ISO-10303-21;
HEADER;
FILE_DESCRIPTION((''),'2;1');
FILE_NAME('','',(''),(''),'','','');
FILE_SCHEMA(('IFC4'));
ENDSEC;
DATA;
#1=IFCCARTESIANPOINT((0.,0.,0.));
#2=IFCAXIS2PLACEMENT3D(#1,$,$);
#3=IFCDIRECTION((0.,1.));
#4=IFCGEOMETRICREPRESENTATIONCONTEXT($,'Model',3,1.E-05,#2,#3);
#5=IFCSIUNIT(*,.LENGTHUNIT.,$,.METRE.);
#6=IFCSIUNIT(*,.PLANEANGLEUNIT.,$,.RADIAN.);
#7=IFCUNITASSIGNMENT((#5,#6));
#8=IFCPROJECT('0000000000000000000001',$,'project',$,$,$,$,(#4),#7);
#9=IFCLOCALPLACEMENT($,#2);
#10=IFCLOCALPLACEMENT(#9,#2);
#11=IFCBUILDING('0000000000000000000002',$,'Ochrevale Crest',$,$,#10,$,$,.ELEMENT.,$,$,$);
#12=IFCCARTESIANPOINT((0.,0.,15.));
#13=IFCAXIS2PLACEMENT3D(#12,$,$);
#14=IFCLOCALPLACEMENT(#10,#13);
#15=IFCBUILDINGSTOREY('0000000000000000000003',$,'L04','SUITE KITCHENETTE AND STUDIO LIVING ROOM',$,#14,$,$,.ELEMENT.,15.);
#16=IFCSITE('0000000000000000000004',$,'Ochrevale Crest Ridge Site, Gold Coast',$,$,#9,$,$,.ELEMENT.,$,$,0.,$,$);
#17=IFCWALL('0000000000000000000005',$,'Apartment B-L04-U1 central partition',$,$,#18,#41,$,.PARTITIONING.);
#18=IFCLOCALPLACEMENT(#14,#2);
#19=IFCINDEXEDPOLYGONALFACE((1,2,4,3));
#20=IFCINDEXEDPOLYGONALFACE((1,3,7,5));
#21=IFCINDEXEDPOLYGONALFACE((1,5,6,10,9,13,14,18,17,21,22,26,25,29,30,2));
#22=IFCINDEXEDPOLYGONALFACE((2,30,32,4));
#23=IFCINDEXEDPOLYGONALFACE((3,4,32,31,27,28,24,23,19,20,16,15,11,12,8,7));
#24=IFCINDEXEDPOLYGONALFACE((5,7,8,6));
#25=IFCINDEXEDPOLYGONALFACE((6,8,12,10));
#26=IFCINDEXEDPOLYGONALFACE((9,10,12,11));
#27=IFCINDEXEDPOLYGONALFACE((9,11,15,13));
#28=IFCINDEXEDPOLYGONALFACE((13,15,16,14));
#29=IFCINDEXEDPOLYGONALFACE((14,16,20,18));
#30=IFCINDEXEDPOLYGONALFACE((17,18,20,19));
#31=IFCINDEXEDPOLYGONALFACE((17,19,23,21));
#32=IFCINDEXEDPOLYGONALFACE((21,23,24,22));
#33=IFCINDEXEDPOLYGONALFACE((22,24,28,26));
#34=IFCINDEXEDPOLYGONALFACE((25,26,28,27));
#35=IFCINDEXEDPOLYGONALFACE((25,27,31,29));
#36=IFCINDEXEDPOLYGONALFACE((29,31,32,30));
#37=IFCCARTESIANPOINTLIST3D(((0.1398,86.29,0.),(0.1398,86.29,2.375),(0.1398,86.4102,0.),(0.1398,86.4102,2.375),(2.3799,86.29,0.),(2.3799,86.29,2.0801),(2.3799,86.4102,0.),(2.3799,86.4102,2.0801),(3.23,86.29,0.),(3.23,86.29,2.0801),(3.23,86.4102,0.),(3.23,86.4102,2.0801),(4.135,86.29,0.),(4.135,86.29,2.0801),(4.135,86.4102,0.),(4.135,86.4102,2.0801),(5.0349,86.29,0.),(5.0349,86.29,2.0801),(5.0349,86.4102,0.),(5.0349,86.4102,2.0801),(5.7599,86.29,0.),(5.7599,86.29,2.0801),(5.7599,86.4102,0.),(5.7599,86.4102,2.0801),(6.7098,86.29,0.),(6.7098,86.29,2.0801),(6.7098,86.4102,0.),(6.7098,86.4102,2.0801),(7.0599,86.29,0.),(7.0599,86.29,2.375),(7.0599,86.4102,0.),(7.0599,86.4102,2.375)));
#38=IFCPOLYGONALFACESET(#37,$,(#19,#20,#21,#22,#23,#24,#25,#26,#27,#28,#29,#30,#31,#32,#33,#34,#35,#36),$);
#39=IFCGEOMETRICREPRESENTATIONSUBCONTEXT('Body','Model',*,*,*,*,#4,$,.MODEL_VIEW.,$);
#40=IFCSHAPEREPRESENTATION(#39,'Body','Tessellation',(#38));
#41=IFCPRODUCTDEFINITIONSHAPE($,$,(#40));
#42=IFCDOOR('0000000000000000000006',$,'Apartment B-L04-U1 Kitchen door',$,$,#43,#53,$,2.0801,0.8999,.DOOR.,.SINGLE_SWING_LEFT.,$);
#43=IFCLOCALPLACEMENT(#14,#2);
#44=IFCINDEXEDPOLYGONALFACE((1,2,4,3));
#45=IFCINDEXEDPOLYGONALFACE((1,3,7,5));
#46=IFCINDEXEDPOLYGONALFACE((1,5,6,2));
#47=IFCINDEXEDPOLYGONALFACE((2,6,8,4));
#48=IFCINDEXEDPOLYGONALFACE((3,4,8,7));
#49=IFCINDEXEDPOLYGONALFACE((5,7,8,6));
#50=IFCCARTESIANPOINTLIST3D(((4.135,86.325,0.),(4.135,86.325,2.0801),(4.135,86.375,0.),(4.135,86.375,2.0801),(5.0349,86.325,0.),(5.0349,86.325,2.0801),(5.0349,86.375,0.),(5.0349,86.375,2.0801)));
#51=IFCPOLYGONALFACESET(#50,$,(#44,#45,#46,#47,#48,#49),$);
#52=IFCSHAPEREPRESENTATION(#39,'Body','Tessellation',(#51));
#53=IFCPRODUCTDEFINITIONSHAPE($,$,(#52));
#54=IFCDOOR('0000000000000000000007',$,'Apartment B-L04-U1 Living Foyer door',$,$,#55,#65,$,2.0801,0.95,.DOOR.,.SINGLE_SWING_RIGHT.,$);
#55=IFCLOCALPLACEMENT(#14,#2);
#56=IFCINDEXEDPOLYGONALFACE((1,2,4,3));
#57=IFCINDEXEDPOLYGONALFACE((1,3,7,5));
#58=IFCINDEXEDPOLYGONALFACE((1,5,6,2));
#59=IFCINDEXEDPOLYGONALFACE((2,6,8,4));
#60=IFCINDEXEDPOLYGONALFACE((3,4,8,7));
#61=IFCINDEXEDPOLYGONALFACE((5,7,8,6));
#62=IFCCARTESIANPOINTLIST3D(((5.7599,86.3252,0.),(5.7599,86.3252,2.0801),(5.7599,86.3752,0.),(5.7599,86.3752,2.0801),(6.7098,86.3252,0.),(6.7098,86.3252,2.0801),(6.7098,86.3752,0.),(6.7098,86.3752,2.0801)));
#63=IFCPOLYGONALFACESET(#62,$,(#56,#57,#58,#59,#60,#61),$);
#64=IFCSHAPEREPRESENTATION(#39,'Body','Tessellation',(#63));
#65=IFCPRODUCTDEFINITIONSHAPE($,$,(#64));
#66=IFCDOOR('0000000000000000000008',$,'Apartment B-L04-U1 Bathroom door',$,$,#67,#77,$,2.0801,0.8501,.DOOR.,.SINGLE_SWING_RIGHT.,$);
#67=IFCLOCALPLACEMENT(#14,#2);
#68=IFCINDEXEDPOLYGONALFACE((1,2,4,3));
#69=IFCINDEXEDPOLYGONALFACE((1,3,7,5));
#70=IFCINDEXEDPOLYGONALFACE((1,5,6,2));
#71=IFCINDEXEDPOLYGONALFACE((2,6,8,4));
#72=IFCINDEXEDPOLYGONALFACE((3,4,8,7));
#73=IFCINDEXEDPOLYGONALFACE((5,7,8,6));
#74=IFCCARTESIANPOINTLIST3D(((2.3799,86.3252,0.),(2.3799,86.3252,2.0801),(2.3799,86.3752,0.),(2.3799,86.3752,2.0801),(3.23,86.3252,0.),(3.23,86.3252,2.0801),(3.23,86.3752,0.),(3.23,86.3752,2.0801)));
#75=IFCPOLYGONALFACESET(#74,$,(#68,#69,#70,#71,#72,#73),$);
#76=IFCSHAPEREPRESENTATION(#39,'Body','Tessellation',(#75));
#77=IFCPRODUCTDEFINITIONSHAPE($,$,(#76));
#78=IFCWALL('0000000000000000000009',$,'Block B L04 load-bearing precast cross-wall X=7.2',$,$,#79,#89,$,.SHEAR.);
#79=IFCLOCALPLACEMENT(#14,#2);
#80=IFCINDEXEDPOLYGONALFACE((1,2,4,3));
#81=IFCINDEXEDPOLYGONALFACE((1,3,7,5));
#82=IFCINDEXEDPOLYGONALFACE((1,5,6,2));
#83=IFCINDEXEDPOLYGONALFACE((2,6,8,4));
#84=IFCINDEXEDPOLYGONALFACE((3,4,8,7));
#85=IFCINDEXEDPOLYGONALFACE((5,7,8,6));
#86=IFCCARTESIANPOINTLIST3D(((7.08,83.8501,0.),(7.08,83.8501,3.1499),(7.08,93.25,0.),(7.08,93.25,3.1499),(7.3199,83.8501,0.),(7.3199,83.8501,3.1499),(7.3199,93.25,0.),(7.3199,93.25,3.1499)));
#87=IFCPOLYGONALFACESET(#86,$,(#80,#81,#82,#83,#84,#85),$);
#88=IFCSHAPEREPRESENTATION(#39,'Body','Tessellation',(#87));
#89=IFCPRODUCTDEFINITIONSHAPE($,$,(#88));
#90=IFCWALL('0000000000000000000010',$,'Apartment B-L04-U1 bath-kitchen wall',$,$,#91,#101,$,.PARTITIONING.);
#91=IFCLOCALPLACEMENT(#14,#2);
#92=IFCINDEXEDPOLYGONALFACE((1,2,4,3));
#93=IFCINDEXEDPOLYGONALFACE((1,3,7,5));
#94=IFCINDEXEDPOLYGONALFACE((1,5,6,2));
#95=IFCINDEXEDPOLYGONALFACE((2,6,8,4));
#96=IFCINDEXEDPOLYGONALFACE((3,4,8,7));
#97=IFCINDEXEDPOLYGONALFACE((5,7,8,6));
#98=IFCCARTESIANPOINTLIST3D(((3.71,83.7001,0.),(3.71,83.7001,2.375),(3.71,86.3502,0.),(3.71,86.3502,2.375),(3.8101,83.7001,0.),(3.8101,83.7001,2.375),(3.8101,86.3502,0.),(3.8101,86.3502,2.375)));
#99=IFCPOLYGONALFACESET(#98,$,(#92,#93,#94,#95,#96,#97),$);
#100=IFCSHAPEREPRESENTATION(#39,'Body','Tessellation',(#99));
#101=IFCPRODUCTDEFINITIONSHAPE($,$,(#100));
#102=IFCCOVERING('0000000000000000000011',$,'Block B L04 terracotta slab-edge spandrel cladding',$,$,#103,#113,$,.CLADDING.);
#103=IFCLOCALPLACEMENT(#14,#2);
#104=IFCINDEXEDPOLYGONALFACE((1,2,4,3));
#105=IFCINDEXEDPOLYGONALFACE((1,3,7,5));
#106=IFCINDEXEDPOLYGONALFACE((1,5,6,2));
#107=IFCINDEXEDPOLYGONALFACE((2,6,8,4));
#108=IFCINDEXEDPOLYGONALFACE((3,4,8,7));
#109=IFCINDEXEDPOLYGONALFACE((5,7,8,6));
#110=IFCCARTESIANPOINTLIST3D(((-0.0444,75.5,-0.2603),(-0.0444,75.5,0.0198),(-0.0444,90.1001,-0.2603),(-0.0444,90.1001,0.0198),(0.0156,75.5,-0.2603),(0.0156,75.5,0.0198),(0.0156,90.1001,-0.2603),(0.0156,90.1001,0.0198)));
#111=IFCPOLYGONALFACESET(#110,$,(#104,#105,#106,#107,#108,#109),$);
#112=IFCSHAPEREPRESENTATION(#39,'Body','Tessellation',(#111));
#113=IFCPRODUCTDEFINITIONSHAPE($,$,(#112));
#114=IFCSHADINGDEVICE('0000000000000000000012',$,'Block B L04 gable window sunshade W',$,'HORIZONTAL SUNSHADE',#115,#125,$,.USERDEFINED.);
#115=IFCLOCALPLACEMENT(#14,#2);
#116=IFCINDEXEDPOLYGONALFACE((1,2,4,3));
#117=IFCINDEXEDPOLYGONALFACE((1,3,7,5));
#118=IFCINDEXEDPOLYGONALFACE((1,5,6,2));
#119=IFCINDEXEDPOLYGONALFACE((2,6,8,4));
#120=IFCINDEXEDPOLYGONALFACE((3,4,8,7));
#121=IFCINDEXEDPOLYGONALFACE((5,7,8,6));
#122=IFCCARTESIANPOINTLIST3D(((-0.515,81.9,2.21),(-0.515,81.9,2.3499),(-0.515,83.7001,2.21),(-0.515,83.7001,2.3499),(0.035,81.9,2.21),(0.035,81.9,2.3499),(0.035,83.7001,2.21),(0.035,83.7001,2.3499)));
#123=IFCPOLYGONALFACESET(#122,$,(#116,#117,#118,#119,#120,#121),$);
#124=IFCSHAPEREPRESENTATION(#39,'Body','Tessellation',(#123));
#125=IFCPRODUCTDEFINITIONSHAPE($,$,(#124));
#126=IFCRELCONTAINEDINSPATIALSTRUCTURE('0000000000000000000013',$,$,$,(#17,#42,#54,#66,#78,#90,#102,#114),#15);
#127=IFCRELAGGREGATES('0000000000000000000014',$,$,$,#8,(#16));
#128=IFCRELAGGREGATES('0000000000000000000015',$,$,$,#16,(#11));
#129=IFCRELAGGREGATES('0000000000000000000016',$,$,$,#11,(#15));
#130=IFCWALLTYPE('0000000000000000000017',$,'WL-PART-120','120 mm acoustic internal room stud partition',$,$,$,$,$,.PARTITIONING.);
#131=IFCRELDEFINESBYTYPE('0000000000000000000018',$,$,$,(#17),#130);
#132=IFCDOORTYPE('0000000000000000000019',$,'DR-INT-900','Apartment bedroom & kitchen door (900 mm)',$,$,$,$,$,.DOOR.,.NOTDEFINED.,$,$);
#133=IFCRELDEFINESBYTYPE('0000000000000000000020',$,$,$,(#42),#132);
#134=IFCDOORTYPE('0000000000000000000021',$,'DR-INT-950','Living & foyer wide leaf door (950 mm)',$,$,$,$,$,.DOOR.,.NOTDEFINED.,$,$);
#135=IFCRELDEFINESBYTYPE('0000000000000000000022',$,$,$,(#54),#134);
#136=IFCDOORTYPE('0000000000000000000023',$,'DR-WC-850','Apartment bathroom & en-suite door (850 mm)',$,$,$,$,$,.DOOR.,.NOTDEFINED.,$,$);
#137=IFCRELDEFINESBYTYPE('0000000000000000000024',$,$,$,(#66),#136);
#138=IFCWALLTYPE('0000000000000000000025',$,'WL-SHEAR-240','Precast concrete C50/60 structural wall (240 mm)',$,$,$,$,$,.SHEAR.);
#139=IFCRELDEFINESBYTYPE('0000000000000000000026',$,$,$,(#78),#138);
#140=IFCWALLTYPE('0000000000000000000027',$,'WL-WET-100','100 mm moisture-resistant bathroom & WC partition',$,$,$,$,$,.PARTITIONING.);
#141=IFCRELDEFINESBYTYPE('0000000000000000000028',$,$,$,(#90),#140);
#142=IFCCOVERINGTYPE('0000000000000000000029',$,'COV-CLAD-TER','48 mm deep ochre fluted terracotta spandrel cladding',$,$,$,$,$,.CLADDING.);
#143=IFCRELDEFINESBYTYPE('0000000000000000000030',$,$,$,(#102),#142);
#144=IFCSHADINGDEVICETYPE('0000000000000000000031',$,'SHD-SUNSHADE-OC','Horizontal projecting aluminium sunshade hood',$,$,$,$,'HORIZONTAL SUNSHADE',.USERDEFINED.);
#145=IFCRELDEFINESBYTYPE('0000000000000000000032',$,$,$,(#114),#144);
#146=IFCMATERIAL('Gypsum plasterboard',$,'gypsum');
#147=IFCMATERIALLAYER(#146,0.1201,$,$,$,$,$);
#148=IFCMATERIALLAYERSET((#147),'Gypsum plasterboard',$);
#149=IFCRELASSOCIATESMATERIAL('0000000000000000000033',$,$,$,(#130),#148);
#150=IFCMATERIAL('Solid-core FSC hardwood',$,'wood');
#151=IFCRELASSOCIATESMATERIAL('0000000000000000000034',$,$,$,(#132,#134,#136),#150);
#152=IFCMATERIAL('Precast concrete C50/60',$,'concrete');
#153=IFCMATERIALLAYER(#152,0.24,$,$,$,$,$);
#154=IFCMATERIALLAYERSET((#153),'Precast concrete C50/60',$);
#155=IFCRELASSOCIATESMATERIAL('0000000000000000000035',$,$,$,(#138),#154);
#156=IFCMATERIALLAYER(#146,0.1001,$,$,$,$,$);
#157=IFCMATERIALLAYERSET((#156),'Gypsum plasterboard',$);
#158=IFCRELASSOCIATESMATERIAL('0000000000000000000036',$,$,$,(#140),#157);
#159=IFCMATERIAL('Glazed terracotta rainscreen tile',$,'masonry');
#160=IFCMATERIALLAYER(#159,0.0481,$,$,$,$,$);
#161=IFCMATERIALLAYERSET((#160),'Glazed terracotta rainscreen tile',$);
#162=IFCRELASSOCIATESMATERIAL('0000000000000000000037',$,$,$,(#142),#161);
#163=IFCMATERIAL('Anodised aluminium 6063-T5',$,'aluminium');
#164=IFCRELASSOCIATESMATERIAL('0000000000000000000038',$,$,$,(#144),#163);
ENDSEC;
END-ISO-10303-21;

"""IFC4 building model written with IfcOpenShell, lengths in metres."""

from ifc_helpers import new_model, si_unit, direction, frame, frame_2d, origin, origin_2d, place, context, subcontext, project, spatial, rectangle, extrude, material, layer, layer_set, type_object, element, fill, save


model = new_model("IFC4")

# Units and contexts
model_context = context("Model", 3, precision=1e-05, world=origin(), true_north=direction((0.0, 1.0)))
body_context = subcontext(model_context, "Body", "Model", "MODEL_VIEW")
ifc_project = project(units=[si_unit("LENGTHUNIT", "METRE"), si_unit("PLANEANGLEUNIT", "RADIAN")], contexts=[model_context])

# Site, building, storey
site_placement = place(None, origin())
site = spatial("IfcSite", under=ifc_project, at=site_placement, Name="Ochrevale Crest Ridge Site, Gold Coast", CompositionType="ELEMENT", RefElevation=0.0)
building_placement = place(site_placement, origin())
building = spatial("IfcBuilding", under=site, at=building_placement, Name="Ochrevale Crest", CompositionType="ELEMENT")
storey_placement = place(building_placement, frame((0.0, 0.0, 15.0)))
storey = spatial("IfcBuildingStorey", under=building, at=storey_placement, Name="L04", Description="SUITE KITCHENETTE AND STUDIO LIVING ROOM", CompositionType="ELEMENT", Elevation=15.0)

# Shared definitions
ifc_material_1 = material(Name="Precast concrete C50/60", Category="concrete")

# Shared definitions
ifc_material_2 = material(Name="Anodised aluminium 6063-T5", Category="aluminium")

# Shared definitions
ifc_material_3 = material(Name="Gypsum plasterboard", Category="gypsum")
ifc_material_4 = material(Name="Solid-core FSC hardwood", Category="wood")

# Shared definitions
ifc_layer_1 = layer(ifc_material_3, 0.1201)
ifc_layer_set_1 = layer_set([ifc_layer_1], Name="Gypsum plasterboard")
wall_type_1 = type_object("IfcWallType", Name="WL-PART-120", Description="120 mm acoustic internal room stud partition", PredefinedType="PARTITIONING", material=ifc_layer_set_1)

# Wall, openings, doors
wall_1_placement = place(storey_placement, frame((0.1399, 86.3501, 0.0), z_axis=(0.0, 0.0, 1.0), x_axis=(1.0, 0.0, 0.0)))
wall_1 = element("IfcWall", 1, at=wall_1_placement, inside=storey, type_object=wall_type_1, Name="Apartment B-L04-U1 central partition", PredefinedType="PARTITIONING", context=body_context, shape_type="SweptSolid", body=[
    extrude(rectangle(XDim=6.9202, YDim=0.1201, at=frame_2d((3.46, 0.0))), origin(), (0.0, 0.0, 1.0), 2.375),
])
opening_1_placement = place(wall_1_placement, frame((3.0901, 0.0, 0.0), z_axis=(0.0, 0.0, 1.0), x_axis=(-1.0, 0.0, 0.0)))
opening_1 = element("IfcOpeningElement", 2, at=opening_1_placement, cuts=wall_1, PredefinedType="OPENING", context=body_context, shape_type="SweptSolid", body=[
    extrude(rectangle(XDim=0.8501, YDim=2.0801, at=frame_2d((0.425, 1.04))), frame((0.0, 0.0701, 0.0), z_axis=(0.0, -1.0, 0.0), x_axis=(1.0, 0.0, 0.0)), (0.0, 0.0, 1.0), 0.1401),
])
opening_2_placement = place(wall_1_placement, frame((3.9951, 0.0, 0.0)))
opening_2 = element("IfcOpeningElement", 3, at=opening_2_placement, cuts=wall_1, PredefinedType="OPENING", context=body_context, shape_type="SweptSolid", body=[
    extrude(rectangle(XDim=0.8999, YDim=2.0801, at=frame_2d((0.45, 1.04))), frame((0.0, 0.0701, 0.0), z_axis=(0.0, -1.0, 0.0), x_axis=(1.0, 0.0, 0.0)), (0.0, 0.0, 1.0), 0.1401),
])
opening_3_placement = place(wall_1_placement, frame((6.5701, 0.0, 0.0), z_axis=(0.0, 0.0, 1.0), x_axis=(-1.0, 0.0, 0.0)))
opening_3 = element("IfcOpeningElement", 4, at=opening_3_placement, cuts=wall_1, PredefinedType="OPENING", context=body_context, shape_type="SweptSolid", body=[
    extrude(rectangle(XDim=0.95, YDim=2.0801, at=frame_2d((0.4751, 1.04))), frame((0.0, 0.0701, 0.0), z_axis=(0.0, -1.0, 0.0), x_axis=(1.0, 0.0, 0.0)), (0.0, 0.0, 1.0), 0.1401),
])
door_type_1 = type_object("IfcDoorType", Name="DR-INT-900", Description="Apartment bedroom & kitchen door (900 mm)", OperationType="NOTDEFINED", PredefinedType="DOOR", material=ifc_material_4)
door_1_placement = place(opening_2_placement, origin())
door_1 = element("IfcDoor", 5, at=door_1_placement, inside=storey, type_object=door_type_1, Name="Apartment B-L04-U1 Kitchen door", OperationType="SINGLE_SWING_LEFT", OverallHeight=2.0801, OverallWidth=0.8999, PredefinedType="DOOR", context=body_context, shape_type="SweptSolid", body=[
    extrude(rectangle(XDim=0.8999, YDim=2.0801, at=frame_2d((0.45, 1.04))), frame((0.0, 0.0249, 0.0), z_axis=(0.0, -1.0, 0.0), x_axis=(1.0, 0.0, 0.0)), (0.0, 0.0, 1.0), 0.05),
])
fill(opening_2, door_1)
door_type_2 = type_object("IfcDoorType", Name="DR-INT-950", Description="Living & foyer wide leaf door (950 mm)", OperationType="NOTDEFINED", PredefinedType="DOOR", material=ifc_material_4)
door_2_placement = place(opening_3_placement, origin())
door_2 = element("IfcDoor", 6, at=door_2_placement, inside=storey, type_object=door_type_2, Name="Apartment B-L04-U1 Living Foyer door", OperationType="SINGLE_SWING_RIGHT", OverallHeight=2.0801, OverallWidth=0.95, PredefinedType="DOOR", context=body_context, shape_type="SweptSolid", body=[
    extrude(rectangle(XDim=0.95, YDim=2.0801, at=frame_2d((0.4751, 1.04))), frame((0.0, 0.0249, 0.0), z_axis=(0.0, -1.0, 0.0), x_axis=(1.0, 0.0, 0.0)), (0.0, 0.0, 1.0), 0.05),
])
fill(opening_3, door_2)
door_type_3 = type_object("IfcDoorType", Name="DR-WC-850", Description="Apartment bathroom & en-suite door (850 mm)", OperationType="NOTDEFINED", PredefinedType="DOOR", material=ifc_material_4)
door_3_placement = place(opening_1_placement, origin())
door_3 = element("IfcDoor", 7, at=door_3_placement, inside=storey, type_object=door_type_3, Name="Apartment B-L04-U1 Bathroom door", OperationType="SINGLE_SWING_RIGHT", OverallHeight=2.0801, OverallWidth=0.8501, PredefinedType="DOOR", context=body_context, shape_type="SweptSolid", body=[
    extrude(rectangle(XDim=0.8501, YDim=2.0801, at=frame_2d((0.425, 1.04))), frame((0.0, 0.0249, 0.0), z_axis=(0.0, -1.0, 0.0), x_axis=(1.0, 0.0, 0.0)), (0.0, 0.0, 1.0), 0.05),
])
fill(opening_1, door_3)

# Walls
ifc_layer_2 = layer(ifc_material_1, 0.24)
ifc_layer_set_2 = layer_set([ifc_layer_2], Name="Precast concrete C50/60")
wall_type_2 = type_object("IfcWallType", Name="WL-SHEAR-240", Description="Precast concrete C50/60 structural wall (240 mm)", PredefinedType="SHEAR", material=ifc_layer_set_2)
wall_2_placement = place(storey_placement, frame((7.2, 83.8501, 0.0), z_axis=(0.0, 0.0, 1.0), x_axis=(0.0, 1.0, 0.0)))
element("IfcWall", 8, at=wall_2_placement, inside=storey, type_object=wall_type_2, Name="Block B L04 load-bearing precast cross-wall X=7.2", PredefinedType="SHEAR", context=body_context, shape_type="SweptSolid", body=[
    extrude(rectangle(XDim=9.3999, YDim=0.24, at=frame_2d((4.7, 0.0))), origin(), (0.0, 0.0, 1.0), 3.1499),
])
ifc_layer_3 = layer(ifc_material_3, 0.1001)
ifc_layer_set_3 = layer_set([ifc_layer_3], Name="Gypsum plasterboard")
wall_type_3 = type_object("IfcWallType", Name="WL-WET-100", Description="100 mm moisture-resistant bathroom & WC partition", PredefinedType="PARTITIONING", material=ifc_layer_set_3)
wall_3_placement = place(storey_placement, frame((3.76, 83.7, 0.0), z_axis=(0.0, 0.0, 1.0), x_axis=(0.0, 1.0, 0.0)))
element("IfcWall", 9, at=wall_3_placement, inside=storey, type_object=wall_type_3, Name="Apartment B-L04-U1 bath-kitchen wall", PredefinedType="PARTITIONING", context=body_context, shape_type="SweptSolid", body=[
    extrude(rectangle(XDim=2.6501, YDim=0.1001, at=frame_2d((1.3252, 0.0))), origin(), (0.0, 0.0, 1.0), 2.375),
])

# Covering
ifc_material_5 = material(Name="Glazed terracotta rainscreen tile", Category="masonry")
ifc_layer_4 = layer(ifc_material_5, 0.0481)
ifc_layer_set_4 = layer_set([ifc_layer_4], Name="Glazed terracotta rainscreen tile")
covering_type = type_object("IfcCoveringType", Name="COV-CLAD-TER", Description="48 mm deep ochre fluted terracotta spandrel cladding", PredefinedType="CLADDING", material=ifc_layer_set_4)
covering_placement = place(storey_placement, frame((-0.0144, 82.8, -0.2603), z_axis=(0.0, 0.0, 1.0), x_axis=(0.0, -1.0, 0.0)))
element("IfcCovering", 10, at=covering_placement, inside=storey, type_object=covering_type, Name="Block B L04 terracotta slab-edge spandrel cladding", PredefinedType="CLADDING", context=body_context, shape_type="SweptSolid", body=[
    extrude(rectangle(XDim=14.6001, YDim=0.0601, at=origin_2d()), origin(), (0.0, 0.0, 1.0), 0.28),
])

# Shading device
shading_device_type = type_object("IfcShadingDeviceType", Name="SHD-SUNSHADE-OC", Description="Horizontal projecting aluminium sunshade hood", ElementType="HORIZONTAL SUNSHADE", PredefinedType="USERDEFINED", material=ifc_material_2)
shading_device_placement = place(storey_placement, frame((-0.24, 82.8, 2.21), z_axis=(0.0, 0.0, 1.0), x_axis=(1.0, 0.0, 0.0)))
element("IfcShadingDevice", 11, at=shading_device_placement, inside=storey, type_object=shading_device_type, Name="Block B L04 gable window sunshade W", ObjectType="HORIZONTAL SUNSHADE", PredefinedType="USERDEFINED", context=body_context, shape_type="SweptSolid", body=[
    extrude(rectangle(XDim=0.55, YDim=1.8, at=origin_2d()), origin(), (0.0, 0.0, 1.0), 0.1399),
])

save(model, "model.ifc")
